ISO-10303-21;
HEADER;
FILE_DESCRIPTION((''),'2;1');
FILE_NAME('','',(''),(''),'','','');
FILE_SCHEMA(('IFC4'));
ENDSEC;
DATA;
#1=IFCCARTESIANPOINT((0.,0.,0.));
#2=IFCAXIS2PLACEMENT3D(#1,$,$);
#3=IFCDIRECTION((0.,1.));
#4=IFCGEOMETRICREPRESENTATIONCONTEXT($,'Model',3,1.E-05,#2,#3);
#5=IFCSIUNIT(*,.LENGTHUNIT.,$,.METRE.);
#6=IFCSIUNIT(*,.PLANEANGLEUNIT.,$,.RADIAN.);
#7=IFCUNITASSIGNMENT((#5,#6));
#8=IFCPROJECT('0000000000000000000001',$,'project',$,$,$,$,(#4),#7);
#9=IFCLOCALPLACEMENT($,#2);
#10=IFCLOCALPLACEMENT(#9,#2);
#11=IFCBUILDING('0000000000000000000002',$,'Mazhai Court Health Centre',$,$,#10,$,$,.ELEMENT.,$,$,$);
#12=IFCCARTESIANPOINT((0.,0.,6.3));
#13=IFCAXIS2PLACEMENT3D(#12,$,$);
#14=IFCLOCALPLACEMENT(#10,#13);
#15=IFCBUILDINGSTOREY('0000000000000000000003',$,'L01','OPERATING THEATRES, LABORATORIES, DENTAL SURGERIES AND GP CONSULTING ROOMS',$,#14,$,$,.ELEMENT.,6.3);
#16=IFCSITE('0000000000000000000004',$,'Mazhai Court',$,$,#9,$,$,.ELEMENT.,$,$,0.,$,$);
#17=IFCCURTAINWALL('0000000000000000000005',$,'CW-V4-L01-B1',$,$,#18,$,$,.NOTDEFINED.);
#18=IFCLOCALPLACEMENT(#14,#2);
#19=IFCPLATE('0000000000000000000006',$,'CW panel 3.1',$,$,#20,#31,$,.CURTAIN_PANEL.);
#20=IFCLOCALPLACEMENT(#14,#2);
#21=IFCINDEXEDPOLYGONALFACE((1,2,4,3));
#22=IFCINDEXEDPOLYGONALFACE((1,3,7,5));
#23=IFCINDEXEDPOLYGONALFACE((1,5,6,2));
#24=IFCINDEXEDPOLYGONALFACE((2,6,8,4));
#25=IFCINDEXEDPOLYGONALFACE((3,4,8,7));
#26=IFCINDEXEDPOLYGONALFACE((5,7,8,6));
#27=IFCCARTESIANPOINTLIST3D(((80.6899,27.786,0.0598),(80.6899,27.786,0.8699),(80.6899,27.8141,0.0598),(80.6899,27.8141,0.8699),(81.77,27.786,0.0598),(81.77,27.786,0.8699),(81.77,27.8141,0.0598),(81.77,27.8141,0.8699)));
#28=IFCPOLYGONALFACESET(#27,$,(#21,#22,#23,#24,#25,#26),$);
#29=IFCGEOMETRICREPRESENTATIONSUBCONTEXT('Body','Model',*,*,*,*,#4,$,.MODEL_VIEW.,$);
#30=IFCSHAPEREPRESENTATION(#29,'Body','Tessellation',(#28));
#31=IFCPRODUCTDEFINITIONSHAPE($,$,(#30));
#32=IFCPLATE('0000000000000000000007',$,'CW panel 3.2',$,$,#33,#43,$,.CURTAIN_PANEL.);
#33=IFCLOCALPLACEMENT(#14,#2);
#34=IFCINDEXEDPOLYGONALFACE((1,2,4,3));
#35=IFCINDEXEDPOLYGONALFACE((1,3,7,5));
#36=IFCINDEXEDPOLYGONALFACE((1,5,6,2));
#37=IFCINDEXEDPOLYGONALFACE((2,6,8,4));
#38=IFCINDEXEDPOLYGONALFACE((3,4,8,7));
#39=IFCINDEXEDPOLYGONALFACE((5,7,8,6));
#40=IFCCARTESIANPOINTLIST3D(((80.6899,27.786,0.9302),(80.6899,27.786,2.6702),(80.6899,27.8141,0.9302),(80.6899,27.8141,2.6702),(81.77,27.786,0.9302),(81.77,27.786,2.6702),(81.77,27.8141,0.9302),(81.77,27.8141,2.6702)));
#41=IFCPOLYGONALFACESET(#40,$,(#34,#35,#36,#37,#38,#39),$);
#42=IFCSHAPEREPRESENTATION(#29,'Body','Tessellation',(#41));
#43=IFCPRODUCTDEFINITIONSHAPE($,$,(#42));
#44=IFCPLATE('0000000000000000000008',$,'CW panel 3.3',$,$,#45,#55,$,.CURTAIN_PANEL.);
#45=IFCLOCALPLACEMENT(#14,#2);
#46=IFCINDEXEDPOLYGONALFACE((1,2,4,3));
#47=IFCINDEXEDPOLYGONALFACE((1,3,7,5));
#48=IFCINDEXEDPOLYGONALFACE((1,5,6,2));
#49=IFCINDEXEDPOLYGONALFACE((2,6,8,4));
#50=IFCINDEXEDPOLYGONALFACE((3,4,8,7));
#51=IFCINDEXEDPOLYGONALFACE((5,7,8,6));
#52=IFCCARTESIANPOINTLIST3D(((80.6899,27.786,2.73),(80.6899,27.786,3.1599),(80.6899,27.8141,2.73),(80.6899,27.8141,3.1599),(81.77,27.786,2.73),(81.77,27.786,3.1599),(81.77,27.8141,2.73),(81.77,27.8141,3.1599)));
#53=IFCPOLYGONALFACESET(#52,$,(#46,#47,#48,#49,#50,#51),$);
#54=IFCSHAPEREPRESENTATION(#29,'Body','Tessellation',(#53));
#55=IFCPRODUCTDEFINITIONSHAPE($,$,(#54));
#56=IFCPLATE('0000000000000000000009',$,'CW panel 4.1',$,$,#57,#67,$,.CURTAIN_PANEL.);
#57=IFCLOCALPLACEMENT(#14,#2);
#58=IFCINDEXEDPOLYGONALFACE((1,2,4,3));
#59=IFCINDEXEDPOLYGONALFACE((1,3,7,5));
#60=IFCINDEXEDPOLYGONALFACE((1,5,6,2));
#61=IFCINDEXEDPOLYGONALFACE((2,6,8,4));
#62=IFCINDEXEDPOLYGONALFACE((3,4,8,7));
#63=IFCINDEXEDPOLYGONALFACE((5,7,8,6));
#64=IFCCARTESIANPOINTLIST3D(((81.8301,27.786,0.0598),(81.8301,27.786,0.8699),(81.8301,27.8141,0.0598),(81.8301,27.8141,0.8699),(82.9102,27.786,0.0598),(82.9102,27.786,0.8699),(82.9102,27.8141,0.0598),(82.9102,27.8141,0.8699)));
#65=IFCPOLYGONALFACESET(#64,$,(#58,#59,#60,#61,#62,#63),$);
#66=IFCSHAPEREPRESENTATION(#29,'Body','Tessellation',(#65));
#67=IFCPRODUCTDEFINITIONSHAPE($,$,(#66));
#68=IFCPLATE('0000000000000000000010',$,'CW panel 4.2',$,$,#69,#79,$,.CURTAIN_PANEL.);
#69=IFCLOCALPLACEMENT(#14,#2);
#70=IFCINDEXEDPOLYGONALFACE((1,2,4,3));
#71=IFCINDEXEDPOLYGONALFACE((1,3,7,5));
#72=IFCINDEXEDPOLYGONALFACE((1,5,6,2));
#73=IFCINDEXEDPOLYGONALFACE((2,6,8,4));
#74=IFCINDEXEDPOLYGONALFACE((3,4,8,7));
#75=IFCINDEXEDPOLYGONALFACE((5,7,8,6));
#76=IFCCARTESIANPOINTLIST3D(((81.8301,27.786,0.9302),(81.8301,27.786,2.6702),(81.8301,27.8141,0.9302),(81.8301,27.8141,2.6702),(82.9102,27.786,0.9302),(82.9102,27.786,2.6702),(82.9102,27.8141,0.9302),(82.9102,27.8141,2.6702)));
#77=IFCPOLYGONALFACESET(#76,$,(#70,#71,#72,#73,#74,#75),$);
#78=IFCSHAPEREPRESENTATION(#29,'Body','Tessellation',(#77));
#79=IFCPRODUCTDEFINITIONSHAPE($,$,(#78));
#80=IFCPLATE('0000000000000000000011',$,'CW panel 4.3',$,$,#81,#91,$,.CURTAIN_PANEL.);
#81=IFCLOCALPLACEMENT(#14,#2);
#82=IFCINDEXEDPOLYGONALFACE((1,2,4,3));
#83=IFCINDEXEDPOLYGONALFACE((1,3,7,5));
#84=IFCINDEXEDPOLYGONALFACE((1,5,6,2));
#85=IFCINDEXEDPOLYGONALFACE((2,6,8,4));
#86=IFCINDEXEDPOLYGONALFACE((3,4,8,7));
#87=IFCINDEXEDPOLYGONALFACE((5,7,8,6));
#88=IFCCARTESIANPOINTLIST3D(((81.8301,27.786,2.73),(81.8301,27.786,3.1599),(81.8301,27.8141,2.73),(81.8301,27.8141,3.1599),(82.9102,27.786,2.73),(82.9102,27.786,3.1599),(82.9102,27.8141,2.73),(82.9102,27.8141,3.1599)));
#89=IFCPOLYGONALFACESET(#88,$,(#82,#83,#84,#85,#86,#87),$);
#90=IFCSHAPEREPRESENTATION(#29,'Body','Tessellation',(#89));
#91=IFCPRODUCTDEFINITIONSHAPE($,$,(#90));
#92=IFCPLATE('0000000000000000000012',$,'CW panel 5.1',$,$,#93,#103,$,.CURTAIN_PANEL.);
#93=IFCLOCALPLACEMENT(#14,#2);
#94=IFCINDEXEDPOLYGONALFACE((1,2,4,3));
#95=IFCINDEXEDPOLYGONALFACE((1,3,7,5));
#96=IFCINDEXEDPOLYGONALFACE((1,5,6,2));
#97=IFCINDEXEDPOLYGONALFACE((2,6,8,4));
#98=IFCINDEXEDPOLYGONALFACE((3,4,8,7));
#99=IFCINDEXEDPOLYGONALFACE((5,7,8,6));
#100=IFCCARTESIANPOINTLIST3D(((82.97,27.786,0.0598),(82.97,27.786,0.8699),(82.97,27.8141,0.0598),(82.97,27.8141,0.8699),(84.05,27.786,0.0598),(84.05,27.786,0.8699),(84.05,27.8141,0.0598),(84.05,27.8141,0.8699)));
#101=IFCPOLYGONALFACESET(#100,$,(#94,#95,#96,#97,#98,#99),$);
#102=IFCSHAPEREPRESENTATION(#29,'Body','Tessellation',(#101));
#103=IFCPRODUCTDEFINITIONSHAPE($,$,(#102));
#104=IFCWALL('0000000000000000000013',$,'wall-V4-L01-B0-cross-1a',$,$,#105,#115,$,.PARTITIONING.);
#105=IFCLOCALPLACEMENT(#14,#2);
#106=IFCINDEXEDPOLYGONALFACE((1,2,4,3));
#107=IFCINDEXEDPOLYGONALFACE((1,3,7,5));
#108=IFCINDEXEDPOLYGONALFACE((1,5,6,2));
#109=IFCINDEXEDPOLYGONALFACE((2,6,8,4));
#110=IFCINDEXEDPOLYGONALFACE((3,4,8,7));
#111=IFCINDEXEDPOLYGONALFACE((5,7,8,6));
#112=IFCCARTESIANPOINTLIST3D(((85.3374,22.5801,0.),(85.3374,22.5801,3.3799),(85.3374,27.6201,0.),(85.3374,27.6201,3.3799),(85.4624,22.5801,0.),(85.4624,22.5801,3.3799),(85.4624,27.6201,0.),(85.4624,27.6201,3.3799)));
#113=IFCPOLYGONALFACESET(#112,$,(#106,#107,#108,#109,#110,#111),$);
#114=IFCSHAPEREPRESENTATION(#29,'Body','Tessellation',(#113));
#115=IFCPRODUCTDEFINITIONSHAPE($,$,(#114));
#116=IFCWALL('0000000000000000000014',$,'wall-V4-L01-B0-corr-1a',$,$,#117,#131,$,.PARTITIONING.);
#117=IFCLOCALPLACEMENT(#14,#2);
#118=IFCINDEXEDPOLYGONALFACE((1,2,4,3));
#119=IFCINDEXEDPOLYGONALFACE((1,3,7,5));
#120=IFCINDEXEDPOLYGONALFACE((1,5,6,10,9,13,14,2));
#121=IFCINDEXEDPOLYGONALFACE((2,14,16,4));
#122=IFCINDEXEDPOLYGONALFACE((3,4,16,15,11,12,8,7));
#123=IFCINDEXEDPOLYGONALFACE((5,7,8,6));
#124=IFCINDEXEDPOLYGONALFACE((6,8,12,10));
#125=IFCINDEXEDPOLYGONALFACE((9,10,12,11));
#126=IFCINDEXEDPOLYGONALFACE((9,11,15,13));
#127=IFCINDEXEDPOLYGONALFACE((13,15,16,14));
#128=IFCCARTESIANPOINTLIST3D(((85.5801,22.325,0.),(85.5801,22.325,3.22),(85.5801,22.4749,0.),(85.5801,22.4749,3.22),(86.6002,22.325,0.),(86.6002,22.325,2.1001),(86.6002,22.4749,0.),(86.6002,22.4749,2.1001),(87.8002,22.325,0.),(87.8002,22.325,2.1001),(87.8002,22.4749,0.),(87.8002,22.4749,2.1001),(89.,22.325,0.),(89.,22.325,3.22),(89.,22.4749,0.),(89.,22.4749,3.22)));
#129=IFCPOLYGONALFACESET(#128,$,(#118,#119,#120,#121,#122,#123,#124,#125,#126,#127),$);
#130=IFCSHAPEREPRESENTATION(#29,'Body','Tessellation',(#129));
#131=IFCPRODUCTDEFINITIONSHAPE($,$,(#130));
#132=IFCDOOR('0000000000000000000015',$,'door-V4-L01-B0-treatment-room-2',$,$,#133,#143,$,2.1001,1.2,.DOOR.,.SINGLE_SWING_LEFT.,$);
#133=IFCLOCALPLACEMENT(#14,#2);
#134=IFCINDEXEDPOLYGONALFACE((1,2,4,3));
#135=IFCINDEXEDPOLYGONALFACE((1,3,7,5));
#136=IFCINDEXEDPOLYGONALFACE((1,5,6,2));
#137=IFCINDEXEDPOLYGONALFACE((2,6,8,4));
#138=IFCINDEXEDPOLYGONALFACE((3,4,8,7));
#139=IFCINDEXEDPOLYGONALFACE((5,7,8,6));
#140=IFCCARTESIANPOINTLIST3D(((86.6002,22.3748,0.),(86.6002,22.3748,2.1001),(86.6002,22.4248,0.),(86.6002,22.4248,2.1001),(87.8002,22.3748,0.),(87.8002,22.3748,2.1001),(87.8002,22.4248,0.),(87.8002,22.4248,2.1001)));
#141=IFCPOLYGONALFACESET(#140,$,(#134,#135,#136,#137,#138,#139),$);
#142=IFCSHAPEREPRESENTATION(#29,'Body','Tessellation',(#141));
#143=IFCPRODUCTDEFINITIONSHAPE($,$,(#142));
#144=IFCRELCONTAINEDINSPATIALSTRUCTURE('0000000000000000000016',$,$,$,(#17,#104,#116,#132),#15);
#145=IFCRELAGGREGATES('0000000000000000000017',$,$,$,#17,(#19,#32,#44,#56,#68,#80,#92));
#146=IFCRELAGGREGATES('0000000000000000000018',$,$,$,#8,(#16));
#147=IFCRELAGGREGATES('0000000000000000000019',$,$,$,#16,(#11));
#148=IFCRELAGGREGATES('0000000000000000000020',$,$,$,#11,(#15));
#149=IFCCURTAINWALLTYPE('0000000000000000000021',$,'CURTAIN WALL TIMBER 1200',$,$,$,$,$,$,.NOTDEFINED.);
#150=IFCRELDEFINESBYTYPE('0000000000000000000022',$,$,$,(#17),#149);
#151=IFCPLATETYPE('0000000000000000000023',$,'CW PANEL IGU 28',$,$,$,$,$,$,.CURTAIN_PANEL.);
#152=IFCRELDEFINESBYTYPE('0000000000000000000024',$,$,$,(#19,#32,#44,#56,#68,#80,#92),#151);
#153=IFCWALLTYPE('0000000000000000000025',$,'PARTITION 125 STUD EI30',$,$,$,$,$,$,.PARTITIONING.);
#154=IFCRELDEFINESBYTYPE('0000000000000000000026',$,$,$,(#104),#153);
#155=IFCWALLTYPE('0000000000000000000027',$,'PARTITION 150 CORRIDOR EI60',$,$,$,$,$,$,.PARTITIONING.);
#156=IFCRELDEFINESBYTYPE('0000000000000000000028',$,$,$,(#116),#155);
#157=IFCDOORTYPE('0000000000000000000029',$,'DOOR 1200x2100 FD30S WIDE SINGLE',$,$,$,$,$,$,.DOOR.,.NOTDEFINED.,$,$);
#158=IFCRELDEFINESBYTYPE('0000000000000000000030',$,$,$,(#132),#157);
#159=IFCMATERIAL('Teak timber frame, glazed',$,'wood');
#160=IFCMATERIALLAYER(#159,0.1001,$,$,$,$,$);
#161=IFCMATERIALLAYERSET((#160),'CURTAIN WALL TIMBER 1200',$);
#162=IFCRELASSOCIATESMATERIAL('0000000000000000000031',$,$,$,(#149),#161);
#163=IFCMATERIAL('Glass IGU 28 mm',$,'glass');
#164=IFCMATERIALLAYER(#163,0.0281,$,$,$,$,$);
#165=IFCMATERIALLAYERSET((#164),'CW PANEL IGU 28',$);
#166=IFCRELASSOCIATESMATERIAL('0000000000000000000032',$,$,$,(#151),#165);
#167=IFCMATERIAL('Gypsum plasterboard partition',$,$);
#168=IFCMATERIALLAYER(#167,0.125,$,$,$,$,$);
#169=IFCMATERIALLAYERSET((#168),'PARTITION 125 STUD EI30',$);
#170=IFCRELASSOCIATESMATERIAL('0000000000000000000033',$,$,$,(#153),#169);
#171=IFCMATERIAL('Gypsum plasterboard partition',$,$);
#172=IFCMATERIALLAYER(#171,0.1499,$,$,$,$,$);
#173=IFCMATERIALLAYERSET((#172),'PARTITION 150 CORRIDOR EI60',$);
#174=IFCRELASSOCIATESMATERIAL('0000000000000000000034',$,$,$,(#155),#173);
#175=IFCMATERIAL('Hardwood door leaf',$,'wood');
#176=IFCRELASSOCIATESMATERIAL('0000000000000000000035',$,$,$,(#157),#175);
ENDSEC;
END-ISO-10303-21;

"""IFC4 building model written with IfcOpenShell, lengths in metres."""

from ifc_helpers import new_model, si_unit, direction, frame, frame_2d, origin, origin_2d, place, context, subcontext, project, spatial, rectangle, extrude, material, layer, layer_set, type_object, element, fill, aggregate, save


model = new_model("IFC4")

# Units and contexts
model_context = context("Model", 3, precision=1e-05, world=origin(), true_north=direction((0.0, 1.0)))
body_context = subcontext(model_context, "Body", "Model", "MODEL_VIEW")
ifc_project = project(units=[si_unit("LENGTHUNIT", "METRE"), si_unit("PLANEANGLEUNIT", "RADIAN")], contexts=[model_context])

# Site, building, storey
site_placement = place(None, origin())
site = spatial("IfcSite", under=ifc_project, at=site_placement, Name="Mazhai Court", CompositionType="ELEMENT", RefElevation=0.0)
building_placement = place(site_placement, origin())
building = spatial("IfcBuilding", under=site, at=building_placement, Name="Mazhai Court Health Centre", CompositionType="ELEMENT")
storey_placement = place(building_placement, frame((0.0, 0.0, 6.3)))
storey = spatial("IfcBuildingStorey", under=building, at=storey_placement, Name="L01", Description="OPERATING THEATRES, LABORATORIES, DENTAL SURGERIES AND GP CONSULTING ROOMS", CompositionType="ELEMENT", Elevation=6.3)

# Curtain wall, plates
ifc_material_1 = material(Name="Teak timber frame, glazed", Category="wood")
ifc_layer_1 = layer(ifc_material_1, 0.1001)
ifc_layer_set_1 = layer_set([ifc_layer_1], Name="CURTAIN WALL TIMBER 1200")
curtain_wall_type = type_object("IfcCurtainWallType", Name="CURTAIN WALL TIMBER 1200", PredefinedType="NOTDEFINED", material=ifc_layer_set_1)
curtain_wall_placement = place(storey_placement, origin())
curtain_wall = element("IfcCurtainWall", 1, at=curtain_wall_placement, inside=storey, type_object=curtain_wall_type, Name="CW-V4-L01-B1", PredefinedType="NOTDEFINED")
ifc_material_2 = material(Name="Glass IGU 28 mm", Category="glass")
ifc_layer_2 = layer(ifc_material_2, 0.0281)
ifc_layer_set_2 = layer_set([ifc_layer_2], Name="CW PANEL IGU 28")
plate_type = type_object("IfcPlateType", Name="CW PANEL IGU 28", PredefinedType="CURTAIN_PANEL", material=ifc_layer_set_2)
plate_1_placement = place(storey_placement, frame((81.23, 27.8, 0.0598), z_axis=(0.0, 0.0, 1.0), x_axis=(1.0, 0.0, 0.0)))
plate_1 = element("IfcPlate", 2, at=plate_1_placement, type_object=plate_type, Name="CW panel 3.1", PredefinedType="CURTAIN_PANEL", context=body_context, shape_type="SweptSolid", body=[
    extrude(rectangle(XDim=1.0801, YDim=0.0281, at=origin_2d()), origin(), (0.0, 0.0, 1.0), 0.8101),
])
plate_2_placement = place(storey_placement, frame((81.23, 27.8, 0.9302), z_axis=(0.0, 0.0, 1.0), x_axis=(1.0, 0.0, 0.0)))
plate_2 = element("IfcPlate", 3, at=plate_2_placement, type_object=plate_type, Name="CW panel 3.2", PredefinedType="CURTAIN_PANEL", context=body_context, shape_type="SweptSolid", body=[
    extrude(rectangle(XDim=1.0801, YDim=0.0281, at=origin_2d()), origin(), (0.0, 0.0, 1.0), 1.74),
])
plate_3_placement = place(storey_placement, frame((81.23, 27.8, 2.73), z_axis=(0.0, 0.0, 1.0), x_axis=(1.0, 0.0, 0.0)))
plate_3 = element("IfcPlate", 4, at=plate_3_placement, type_object=plate_type, Name="CW panel 3.3", PredefinedType="CURTAIN_PANEL", context=body_context, shape_type="SweptSolid", body=[
    extrude(rectangle(XDim=1.0801, YDim=0.0281, at=origin_2d()), origin(), (0.0, 0.0, 1.0), 0.4299),
])
plate_4_placement = place(storey_placement, frame((82.3701, 27.8, 0.0598), z_axis=(0.0, 0.0, 1.0), x_axis=(1.0, 0.0, 0.0)))
plate_4 = element("IfcPlate", 5, at=plate_4_placement, type_object=plate_type, Name="CW panel 4.1", PredefinedType="CURTAIN_PANEL", context=body_context, shape_type="SweptSolid", body=[
    extrude(rectangle(XDim=1.0801, YDim=0.0281, at=origin_2d()), origin(), (0.0, 0.0, 1.0), 0.8101),
])
plate_5_placement = place(storey_placement, frame((82.3701, 27.8, 0.9302), z_axis=(0.0, 0.0, 1.0), x_axis=(1.0, 0.0, 0.0)))
plate_5 = element("IfcPlate", 6, at=plate_5_placement, type_object=plate_type, Name="CW panel 4.2", PredefinedType="CURTAIN_PANEL", context=body_context, shape_type="SweptSolid", body=[
    extrude(rectangle(XDim=1.0801, YDim=0.0281, at=origin_2d()), origin(), (0.0, 0.0, 1.0), 1.74),
])
plate_6_placement = place(storey_placement, frame((82.3701, 27.8, 2.73), z_axis=(0.0, 0.0, 1.0), x_axis=(1.0, 0.0, 0.0)))
plate_6 = element("IfcPlate", 7, at=plate_6_placement, type_object=plate_type, Name="CW panel 4.3", PredefinedType="CURTAIN_PANEL", context=body_context, shape_type="SweptSolid", body=[
    extrude(rectangle(XDim=1.0801, YDim=0.0281, at=origin_2d()), origin(), (0.0, 0.0, 1.0), 0.4299),
])
plate_7_placement = place(storey_placement, frame((83.51, 27.8, 0.0598), z_axis=(0.0, 0.0, 1.0), x_axis=(1.0, 0.0, 0.0)))
plate_7 = element("IfcPlate", 8, at=plate_7_placement, type_object=plate_type, Name="CW panel 5.1", PredefinedType="CURTAIN_PANEL", context=body_context, shape_type="SweptSolid", body=[
    extrude(rectangle(XDim=1.0801, YDim=0.0281, at=origin_2d()), origin(), (0.0, 0.0, 1.0), 0.8101),
])
aggregate(curtain_wall, [plate_1, plate_2, plate_3, plate_4, plate_5, plate_6, plate_7])

# Wall
ifc_material_3 = material(Name="Gypsum plasterboard partition")
ifc_layer_3 = layer(ifc_material_3, 0.125)
ifc_layer_set_3 = layer_set([ifc_layer_3], Name="PARTITION 125 STUD EI30")
wall_type_1 = type_object("IfcWallType", Name="PARTITION 125 STUD EI30", PredefinedType="PARTITIONING", material=ifc_layer_set_3)
wall_1_placement = place(storey_placement, frame((85.3999, 27.6201, 0.0), z_axis=(0.0, 0.0, 1.0), x_axis=(0.0, -1.0, 0.0)))
element("IfcWall", 9, at=wall_1_placement, inside=storey, type_object=wall_type_1, Name="wall-V4-L01-B0-cross-1a", PredefinedType="PARTITIONING", context=body_context, shape_type="SweptSolid", body=[
    extrude(rectangle(XDim=5.04, YDim=0.125, at=frame_2d((2.52, 0.0))), origin(), (0.0, 0.0, 1.0), 3.3799),
])

# Wall, opening, door
ifc_material_4 = material(Name="Gypsum plasterboard partition")
ifc_layer_4 = layer(ifc_material_4, 0.1499)
ifc_layer_set_4 = layer_set([ifc_layer_4], Name="PARTITION 150 CORRIDOR EI60")
wall_type_2 = type_object("IfcWallType", Name="PARTITION 150 CORRIDOR EI60", PredefinedType="PARTITIONING", material=ifc_layer_set_4)
wall_2_placement = place(storey_placement, frame((85.5801, 22.3999, 0.0), z_axis=(0.0, 0.0, 1.0), x_axis=(1.0, 0.0, 0.0)))
wall_2 = element("IfcWall", 10, at=wall_2_placement, inside=storey, type_object=wall_type_2, Name="wall-V4-L01-B0-corr-1a", PredefinedType="PARTITIONING", context=body_context, shape_type="SweptSolid", body=[
    extrude(rectangle(XDim=3.4199, YDim=0.1499, at=frame_2d((1.71, 0.0))), origin(), (0.0, 0.0, 1.0), 3.22),
])
opening_placement = place(wall_2_placement, frame((1.02, 0.0, 0.0)))
opening = element("IfcOpeningElement", 11, at=opening_placement, cuts=wall_2, PredefinedType="OPENING", context=body_context, shape_type="SweptSolid", body=[
    extrude(rectangle(XDim=1.2, YDim=2.1001, at=frame_2d((0.6001, 1.05))), frame((0.0, 0.085, 0.0), z_axis=(0.0, -1.0, 0.0), x_axis=(1.0, 0.0, 0.0)), (0.0, 0.0, 1.0), 0.1699),
])
ifc_material_5 = material(Name="Hardwood door leaf", Category="wood")
door_type = type_object("IfcDoorType", Name="DOOR 1200x2100 FD30S WIDE SINGLE", OperationType="NOTDEFINED", PredefinedType="DOOR", material=ifc_material_5)
door_placement = place(opening_placement, origin())
door = element("IfcDoor", 12, at=door_placement, inside=storey, type_object=door_type, Name="door-V4-L01-B0-treatment-room-2", OperationType="SINGLE_SWING_LEFT", OverallHeight=2.1001, OverallWidth=1.2, PredefinedType="DOOR", context=body_context, shape_type="SweptSolid", body=[
    extrude(rectangle(XDim=1.2, YDim=2.1001, at=frame_2d((0.6001, 1.05))), frame((0.0, 0.0249, 0.0), z_axis=(0.0, -1.0, 0.0), x_axis=(1.0, 0.0, 0.0)), (0.0, 0.0, 1.0), 0.05),
])
fill(opening, door)

save(model, "model.ifc")
